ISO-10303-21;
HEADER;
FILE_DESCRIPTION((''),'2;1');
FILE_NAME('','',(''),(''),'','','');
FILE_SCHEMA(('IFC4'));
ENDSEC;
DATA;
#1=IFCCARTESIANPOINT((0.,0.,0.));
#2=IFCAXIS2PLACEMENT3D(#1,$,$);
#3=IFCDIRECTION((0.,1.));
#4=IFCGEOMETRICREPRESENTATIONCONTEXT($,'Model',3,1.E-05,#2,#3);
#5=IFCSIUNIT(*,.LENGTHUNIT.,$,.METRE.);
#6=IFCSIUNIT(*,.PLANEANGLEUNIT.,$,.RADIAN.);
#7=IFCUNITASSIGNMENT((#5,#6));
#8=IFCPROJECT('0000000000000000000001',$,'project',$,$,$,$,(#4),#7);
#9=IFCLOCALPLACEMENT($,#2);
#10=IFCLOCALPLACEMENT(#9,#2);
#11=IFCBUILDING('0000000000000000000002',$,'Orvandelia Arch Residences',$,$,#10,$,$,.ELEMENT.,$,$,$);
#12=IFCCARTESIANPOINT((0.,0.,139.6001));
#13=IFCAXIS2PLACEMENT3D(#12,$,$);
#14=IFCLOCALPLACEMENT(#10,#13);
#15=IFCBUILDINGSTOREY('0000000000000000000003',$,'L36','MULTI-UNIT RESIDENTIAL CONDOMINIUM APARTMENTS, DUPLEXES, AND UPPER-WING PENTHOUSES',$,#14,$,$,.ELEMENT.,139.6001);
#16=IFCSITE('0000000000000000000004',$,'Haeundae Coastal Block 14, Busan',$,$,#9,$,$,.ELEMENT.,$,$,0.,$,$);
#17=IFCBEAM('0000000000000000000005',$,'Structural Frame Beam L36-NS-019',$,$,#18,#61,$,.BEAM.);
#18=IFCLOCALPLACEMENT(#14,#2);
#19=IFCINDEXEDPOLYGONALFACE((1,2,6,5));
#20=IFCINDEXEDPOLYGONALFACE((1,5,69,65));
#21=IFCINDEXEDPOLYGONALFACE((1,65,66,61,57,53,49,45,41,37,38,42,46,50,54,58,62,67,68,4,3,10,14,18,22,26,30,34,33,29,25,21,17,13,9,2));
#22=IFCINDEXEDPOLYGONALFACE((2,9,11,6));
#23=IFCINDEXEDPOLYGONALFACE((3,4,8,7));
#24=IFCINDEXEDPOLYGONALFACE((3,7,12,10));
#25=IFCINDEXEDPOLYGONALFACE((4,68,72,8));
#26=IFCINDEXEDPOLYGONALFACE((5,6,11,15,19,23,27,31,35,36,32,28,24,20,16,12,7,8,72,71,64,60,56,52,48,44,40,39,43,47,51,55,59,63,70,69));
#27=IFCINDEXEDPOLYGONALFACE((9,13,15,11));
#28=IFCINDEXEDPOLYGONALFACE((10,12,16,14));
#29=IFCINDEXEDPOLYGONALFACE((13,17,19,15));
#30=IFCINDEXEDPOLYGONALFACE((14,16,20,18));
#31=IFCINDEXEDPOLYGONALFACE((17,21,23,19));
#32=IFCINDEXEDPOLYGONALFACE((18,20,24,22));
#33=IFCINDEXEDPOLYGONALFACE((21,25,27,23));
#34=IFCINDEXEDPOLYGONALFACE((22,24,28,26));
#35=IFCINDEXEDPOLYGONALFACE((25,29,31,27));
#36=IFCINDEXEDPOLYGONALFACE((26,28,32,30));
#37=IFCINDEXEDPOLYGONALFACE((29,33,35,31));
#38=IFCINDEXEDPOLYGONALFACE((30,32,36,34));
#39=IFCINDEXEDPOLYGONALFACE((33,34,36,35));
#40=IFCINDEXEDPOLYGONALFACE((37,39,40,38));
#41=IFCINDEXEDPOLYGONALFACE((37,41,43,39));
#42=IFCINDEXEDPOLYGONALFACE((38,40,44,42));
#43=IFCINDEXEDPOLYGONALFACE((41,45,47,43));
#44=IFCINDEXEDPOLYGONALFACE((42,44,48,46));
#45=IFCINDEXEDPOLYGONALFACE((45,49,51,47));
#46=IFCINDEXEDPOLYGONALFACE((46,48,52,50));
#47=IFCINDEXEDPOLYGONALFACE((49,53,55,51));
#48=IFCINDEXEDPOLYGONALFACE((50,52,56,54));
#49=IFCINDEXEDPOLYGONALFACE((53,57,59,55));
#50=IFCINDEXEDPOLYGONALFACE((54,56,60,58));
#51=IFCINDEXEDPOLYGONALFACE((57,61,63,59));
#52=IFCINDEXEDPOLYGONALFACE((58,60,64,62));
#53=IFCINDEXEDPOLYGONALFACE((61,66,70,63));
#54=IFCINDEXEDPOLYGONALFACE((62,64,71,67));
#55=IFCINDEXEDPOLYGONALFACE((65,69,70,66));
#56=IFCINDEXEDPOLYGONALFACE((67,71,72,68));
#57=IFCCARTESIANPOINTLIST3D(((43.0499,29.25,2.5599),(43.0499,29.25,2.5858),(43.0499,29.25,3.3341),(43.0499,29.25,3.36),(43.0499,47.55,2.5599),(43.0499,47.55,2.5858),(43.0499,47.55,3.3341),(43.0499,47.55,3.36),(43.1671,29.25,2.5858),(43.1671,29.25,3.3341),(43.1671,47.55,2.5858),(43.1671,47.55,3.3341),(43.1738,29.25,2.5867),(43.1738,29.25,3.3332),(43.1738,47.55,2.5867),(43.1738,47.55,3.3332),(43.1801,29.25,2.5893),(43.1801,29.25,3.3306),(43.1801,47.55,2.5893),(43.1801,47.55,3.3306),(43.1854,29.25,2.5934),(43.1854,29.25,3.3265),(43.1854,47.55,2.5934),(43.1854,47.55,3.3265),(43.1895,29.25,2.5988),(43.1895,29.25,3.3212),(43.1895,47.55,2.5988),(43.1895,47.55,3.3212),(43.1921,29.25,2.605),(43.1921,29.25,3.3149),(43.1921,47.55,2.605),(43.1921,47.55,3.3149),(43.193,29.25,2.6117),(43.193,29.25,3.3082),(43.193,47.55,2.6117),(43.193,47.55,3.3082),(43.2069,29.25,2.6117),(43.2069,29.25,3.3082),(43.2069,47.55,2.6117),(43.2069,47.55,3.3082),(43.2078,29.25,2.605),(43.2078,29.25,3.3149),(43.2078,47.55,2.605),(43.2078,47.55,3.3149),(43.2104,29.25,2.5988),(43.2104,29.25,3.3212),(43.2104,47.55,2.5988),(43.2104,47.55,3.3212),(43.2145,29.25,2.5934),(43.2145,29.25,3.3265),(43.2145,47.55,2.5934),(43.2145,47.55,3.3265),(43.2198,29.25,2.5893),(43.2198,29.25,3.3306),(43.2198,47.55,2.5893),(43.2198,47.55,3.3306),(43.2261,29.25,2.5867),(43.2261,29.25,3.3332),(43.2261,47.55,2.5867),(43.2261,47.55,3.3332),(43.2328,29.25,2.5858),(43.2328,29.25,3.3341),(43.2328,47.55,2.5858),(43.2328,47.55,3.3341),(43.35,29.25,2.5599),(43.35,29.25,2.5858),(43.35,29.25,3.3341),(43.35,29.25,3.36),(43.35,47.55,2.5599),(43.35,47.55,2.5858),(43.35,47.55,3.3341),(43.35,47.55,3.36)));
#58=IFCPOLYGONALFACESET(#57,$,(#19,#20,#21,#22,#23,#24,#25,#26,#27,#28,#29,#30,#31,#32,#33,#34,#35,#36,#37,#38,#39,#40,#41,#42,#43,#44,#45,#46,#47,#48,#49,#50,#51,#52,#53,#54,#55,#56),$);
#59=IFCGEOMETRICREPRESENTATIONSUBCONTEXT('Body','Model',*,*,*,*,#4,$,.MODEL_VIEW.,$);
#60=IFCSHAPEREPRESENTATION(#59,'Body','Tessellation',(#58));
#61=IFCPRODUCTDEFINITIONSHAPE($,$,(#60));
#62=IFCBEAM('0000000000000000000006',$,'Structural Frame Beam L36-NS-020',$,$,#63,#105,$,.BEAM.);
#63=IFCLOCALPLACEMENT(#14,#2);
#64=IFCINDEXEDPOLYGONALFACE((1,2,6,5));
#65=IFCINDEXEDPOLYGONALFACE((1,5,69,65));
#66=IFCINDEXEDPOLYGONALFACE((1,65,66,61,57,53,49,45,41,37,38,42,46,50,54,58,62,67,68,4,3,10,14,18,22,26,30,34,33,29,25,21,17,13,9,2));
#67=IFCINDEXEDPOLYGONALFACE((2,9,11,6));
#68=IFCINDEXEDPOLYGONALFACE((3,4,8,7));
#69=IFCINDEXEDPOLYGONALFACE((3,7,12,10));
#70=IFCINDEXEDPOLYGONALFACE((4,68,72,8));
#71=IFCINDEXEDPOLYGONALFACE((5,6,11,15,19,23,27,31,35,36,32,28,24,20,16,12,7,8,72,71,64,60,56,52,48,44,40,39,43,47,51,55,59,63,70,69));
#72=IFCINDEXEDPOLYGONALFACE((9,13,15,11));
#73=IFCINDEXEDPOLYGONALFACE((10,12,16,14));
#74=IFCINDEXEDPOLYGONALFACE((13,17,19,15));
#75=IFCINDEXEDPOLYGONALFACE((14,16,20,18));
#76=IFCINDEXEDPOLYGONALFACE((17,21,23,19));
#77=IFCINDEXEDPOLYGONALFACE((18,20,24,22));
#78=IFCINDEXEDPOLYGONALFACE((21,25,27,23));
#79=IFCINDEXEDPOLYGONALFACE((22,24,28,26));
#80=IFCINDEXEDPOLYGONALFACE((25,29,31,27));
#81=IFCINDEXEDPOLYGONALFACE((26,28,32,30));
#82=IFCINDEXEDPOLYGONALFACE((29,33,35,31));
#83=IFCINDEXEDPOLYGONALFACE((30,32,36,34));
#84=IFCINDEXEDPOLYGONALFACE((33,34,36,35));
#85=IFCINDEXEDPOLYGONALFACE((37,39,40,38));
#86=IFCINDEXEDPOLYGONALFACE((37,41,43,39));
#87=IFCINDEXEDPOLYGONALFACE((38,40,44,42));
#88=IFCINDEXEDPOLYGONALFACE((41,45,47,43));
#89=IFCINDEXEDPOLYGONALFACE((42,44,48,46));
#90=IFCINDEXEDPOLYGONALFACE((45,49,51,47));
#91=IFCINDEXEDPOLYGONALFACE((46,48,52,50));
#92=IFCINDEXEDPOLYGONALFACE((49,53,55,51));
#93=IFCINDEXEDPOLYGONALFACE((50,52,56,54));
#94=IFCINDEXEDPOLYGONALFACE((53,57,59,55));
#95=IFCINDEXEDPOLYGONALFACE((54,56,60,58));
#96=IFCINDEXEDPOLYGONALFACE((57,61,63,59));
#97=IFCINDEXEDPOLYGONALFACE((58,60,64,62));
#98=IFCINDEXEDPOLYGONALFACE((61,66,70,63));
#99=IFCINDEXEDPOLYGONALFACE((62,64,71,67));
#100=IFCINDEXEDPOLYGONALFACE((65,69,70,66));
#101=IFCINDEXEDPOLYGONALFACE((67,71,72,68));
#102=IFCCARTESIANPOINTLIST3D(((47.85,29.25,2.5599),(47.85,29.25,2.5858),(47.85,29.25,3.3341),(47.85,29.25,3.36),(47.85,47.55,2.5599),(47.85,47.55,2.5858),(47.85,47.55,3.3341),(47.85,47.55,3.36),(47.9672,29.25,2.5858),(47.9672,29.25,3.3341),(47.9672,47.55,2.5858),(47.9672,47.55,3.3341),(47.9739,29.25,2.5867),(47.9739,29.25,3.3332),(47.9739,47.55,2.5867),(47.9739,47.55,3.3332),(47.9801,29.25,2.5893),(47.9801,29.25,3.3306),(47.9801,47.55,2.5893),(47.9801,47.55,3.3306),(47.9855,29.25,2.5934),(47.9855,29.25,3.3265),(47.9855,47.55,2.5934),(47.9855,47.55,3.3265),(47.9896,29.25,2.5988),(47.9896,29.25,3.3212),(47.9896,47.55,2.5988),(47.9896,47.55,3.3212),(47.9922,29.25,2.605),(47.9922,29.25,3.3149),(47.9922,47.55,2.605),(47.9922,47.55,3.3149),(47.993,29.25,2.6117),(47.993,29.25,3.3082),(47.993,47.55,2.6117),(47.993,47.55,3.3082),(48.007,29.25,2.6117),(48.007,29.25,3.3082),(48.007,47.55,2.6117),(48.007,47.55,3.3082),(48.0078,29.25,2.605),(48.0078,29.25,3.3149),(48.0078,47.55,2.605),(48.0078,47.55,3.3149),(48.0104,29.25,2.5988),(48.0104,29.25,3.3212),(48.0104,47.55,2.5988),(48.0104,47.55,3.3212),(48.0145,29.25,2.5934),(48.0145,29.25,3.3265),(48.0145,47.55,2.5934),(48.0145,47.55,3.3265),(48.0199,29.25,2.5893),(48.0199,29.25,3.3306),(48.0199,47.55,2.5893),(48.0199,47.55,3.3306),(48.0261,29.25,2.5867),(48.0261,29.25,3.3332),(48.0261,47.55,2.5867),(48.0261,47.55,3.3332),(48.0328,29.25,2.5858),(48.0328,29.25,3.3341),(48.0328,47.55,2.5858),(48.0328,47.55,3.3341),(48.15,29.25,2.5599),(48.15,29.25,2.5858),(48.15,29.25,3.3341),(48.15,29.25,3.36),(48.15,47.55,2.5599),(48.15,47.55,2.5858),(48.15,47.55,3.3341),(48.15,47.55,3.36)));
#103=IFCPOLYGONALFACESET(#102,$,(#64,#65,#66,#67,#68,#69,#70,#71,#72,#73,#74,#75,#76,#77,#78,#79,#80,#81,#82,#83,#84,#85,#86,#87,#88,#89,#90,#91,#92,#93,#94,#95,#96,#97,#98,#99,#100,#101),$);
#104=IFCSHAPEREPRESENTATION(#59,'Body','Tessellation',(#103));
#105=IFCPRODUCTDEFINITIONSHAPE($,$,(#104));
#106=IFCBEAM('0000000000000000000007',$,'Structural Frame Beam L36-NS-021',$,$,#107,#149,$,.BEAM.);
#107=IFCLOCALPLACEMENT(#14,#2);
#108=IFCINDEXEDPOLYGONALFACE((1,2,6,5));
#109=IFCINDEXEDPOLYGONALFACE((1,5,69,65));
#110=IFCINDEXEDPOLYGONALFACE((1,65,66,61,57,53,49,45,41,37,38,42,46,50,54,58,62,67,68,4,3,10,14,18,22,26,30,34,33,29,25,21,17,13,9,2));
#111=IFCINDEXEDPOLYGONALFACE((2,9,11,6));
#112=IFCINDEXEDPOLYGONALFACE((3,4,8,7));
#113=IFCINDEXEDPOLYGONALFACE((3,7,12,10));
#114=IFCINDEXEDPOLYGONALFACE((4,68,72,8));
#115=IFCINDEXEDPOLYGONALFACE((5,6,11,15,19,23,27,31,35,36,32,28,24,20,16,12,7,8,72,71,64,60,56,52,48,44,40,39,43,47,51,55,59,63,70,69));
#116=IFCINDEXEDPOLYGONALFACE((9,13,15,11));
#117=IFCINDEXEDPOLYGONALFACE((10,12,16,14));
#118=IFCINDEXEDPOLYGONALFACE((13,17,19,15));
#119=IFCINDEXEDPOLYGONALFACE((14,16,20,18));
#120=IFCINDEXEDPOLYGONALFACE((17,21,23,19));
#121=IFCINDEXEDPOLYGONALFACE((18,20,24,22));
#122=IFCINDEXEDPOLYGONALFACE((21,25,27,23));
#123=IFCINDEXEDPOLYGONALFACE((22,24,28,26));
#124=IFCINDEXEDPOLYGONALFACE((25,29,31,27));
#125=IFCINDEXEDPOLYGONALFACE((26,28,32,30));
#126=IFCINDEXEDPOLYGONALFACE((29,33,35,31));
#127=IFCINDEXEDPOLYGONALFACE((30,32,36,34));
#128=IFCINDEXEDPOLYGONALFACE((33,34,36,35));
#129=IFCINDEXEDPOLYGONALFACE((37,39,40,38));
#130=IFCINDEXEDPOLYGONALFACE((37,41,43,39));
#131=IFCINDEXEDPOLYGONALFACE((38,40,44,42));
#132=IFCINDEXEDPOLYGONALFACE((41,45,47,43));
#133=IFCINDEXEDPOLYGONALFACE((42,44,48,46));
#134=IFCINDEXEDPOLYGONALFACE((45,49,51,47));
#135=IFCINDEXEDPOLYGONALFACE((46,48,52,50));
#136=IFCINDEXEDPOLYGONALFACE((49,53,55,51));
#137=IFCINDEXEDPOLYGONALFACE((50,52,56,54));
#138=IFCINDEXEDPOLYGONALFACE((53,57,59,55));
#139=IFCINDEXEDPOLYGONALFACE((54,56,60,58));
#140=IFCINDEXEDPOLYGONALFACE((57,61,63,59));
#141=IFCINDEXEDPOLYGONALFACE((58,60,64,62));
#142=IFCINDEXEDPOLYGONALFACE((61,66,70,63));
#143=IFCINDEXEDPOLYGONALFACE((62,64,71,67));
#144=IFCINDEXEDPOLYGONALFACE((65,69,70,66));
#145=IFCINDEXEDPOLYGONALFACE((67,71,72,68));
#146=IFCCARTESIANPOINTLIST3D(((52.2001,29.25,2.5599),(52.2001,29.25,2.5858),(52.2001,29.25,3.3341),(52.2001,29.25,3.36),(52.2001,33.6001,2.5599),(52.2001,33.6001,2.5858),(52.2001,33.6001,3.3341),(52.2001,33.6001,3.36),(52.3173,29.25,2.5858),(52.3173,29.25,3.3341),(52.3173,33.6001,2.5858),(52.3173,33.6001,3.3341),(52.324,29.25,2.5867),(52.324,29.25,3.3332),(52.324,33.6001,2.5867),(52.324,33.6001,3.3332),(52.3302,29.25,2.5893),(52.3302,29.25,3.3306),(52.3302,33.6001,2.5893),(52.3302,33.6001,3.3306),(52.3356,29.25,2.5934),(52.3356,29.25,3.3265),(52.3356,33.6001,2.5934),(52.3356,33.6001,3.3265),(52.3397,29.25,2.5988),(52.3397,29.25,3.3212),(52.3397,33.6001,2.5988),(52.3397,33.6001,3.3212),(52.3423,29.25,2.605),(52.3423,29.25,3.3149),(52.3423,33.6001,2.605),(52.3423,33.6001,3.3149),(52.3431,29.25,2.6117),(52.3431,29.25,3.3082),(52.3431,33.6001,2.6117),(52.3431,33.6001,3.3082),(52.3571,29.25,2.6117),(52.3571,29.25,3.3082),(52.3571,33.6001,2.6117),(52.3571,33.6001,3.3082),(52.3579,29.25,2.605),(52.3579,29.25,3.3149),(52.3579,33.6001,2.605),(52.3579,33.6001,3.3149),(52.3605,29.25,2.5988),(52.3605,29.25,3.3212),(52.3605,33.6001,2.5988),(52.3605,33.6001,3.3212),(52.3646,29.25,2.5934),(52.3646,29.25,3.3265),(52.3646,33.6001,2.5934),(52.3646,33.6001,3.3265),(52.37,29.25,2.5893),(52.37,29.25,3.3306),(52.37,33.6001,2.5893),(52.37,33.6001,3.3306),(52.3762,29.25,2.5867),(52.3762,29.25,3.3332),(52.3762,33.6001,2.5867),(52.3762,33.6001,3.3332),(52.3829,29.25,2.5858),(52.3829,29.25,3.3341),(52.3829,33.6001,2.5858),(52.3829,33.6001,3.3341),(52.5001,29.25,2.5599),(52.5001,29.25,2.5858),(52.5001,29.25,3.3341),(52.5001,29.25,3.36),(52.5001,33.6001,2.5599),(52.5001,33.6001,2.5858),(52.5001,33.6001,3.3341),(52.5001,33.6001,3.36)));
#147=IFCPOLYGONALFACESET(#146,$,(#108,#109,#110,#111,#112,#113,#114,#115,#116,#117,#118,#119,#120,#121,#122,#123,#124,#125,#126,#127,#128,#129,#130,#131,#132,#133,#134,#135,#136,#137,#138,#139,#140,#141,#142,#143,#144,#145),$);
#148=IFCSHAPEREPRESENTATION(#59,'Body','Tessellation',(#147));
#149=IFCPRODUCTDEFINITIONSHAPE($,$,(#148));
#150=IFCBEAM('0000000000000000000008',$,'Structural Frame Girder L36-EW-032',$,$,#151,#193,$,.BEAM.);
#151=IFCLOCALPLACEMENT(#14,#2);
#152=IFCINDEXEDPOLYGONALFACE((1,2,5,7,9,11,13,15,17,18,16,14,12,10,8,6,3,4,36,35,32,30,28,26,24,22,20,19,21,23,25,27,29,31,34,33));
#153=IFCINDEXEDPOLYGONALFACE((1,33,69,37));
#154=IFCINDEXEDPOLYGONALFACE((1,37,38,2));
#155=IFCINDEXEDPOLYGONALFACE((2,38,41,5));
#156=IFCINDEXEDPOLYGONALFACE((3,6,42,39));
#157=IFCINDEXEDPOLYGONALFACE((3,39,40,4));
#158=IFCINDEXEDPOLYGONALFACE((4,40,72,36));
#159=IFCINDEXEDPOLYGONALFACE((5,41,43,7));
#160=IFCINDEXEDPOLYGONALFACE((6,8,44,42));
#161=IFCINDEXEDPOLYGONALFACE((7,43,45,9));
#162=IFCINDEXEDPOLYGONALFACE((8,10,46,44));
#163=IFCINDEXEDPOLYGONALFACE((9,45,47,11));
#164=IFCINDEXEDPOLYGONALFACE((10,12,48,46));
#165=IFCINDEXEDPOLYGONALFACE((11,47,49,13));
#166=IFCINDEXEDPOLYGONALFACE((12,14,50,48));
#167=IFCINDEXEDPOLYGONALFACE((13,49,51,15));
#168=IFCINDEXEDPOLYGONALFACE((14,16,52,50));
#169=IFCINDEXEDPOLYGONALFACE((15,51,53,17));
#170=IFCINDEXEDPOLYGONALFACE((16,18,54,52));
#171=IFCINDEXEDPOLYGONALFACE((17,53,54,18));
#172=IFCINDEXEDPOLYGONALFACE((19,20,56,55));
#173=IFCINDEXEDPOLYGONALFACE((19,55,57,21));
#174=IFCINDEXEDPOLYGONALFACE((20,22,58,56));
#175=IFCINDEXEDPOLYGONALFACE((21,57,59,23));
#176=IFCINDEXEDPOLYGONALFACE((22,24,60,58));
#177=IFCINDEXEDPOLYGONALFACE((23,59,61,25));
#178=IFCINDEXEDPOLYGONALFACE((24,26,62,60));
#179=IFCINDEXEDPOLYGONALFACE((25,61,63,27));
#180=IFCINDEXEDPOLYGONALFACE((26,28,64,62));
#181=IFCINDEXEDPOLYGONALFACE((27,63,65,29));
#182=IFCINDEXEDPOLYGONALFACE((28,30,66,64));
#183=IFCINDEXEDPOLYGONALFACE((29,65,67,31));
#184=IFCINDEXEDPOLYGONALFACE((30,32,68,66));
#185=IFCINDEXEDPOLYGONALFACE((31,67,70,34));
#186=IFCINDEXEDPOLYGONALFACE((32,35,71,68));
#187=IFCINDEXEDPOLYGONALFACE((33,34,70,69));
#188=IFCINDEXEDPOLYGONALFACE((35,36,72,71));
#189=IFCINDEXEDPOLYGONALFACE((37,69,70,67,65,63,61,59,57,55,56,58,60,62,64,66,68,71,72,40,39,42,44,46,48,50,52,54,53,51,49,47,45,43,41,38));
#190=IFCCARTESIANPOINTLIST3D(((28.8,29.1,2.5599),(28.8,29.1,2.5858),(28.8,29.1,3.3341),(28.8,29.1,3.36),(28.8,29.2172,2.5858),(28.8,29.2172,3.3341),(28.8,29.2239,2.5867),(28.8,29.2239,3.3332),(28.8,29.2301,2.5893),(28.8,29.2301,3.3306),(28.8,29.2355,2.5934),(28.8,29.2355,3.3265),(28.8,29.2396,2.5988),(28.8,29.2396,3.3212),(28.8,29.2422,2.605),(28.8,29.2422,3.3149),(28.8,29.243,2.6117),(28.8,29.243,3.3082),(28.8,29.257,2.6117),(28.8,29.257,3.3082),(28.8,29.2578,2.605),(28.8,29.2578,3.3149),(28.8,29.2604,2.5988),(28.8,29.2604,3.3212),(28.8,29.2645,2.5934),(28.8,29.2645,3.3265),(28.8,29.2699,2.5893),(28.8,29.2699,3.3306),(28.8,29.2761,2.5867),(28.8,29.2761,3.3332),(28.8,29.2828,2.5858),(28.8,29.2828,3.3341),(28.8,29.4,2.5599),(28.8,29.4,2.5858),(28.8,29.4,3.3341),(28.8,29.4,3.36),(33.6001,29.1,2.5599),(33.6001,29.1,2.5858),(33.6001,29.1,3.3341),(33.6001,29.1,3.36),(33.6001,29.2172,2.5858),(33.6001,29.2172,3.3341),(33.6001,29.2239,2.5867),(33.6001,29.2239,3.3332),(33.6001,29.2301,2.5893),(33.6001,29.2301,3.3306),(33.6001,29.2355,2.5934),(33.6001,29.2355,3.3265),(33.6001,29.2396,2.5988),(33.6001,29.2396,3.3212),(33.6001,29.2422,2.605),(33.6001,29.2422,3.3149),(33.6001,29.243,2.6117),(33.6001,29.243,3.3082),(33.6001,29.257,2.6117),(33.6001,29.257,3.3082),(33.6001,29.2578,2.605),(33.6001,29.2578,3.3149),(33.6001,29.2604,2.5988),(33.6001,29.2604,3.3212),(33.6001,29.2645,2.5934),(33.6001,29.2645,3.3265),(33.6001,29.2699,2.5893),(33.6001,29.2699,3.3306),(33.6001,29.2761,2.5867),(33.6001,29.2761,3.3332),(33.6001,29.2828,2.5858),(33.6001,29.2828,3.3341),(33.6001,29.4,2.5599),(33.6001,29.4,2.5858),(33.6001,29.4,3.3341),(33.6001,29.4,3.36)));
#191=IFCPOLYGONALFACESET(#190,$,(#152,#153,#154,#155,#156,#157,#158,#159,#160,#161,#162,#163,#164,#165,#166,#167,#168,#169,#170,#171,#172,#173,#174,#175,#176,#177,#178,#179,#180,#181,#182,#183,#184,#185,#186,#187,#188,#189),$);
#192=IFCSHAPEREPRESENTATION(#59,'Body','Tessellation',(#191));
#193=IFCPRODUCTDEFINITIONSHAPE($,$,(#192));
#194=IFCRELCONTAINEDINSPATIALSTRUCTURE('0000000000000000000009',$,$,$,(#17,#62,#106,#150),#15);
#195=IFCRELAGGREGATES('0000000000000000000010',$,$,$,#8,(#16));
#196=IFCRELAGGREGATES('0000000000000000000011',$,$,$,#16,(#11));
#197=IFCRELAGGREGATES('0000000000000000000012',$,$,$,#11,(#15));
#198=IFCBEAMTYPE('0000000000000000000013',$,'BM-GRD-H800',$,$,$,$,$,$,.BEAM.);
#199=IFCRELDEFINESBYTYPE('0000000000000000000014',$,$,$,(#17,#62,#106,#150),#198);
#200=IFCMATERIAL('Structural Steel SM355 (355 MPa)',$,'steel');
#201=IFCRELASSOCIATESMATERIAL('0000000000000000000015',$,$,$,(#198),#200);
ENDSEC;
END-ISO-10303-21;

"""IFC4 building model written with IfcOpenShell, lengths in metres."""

from ifc_helpers import new_model, si_unit, direction, frame, origin, origin_2d, place, context, subcontext, project, spatial, i_section, extrude, material, material_profile, profile_set, type_object, element, save


model = new_model("IFC4")

# Units and contexts
model_context = context("Model", 3, precision=1e-05, world=origin(), true_north=direction((0.0, 1.0)))
body_context = subcontext(model_context, "Body", "Model", "MODEL_VIEW")
ifc_project = project(units=[si_unit("LENGTHUNIT", "METRE"), si_unit("PLANEANGLEUNIT", "RADIAN")], contexts=[model_context])

# Site, building, storey
site_placement = place(None, origin())
site = spatial("IfcSite", under=ifc_project, at=site_placement, Name="Haeundae Coastal Block 14, Busan", CompositionType="ELEMENT", RefElevation=0.0)
building_placement = place(site_placement, origin())
building = spatial("IfcBuilding", under=site, at=building_placement, Name="Orvandelia Arch Residences", CompositionType="ELEMENT")
storey_placement = place(building_placement, frame((0.0, 0.0, 139.6001)))
storey = spatial("IfcBuildingStorey", under=building, at=storey_placement, Name="L36", Description="MULTI-UNIT RESIDENTIAL CONDOMINIUM APARTMENTS, DUPLEXES, AND UPPER-WING PENTHOUSES", CompositionType="ELEMENT", Elevation=139.6001)

# Beams
ifc_material_1 = material(Name="Structural Steel SM355 (355 MPa)", Category="steel")
ifc_material_profile_1 = material_profile(ifc_material_1, i_section(OverallWidth=0.3, OverallDepth=0.8, WebThickness=0.0139, FlangeThickness=0.0259, FilletRadius=0.0259, at=origin_2d()), Name="Structural Steel SM355 (355 MPa)", Category="steel")
ifc_profile_set_1 = profile_set([ifc_material_profile_1], Name="Structural Steel SM355 (355 MPa)")
beam_type = type_object("IfcBeamType", Name="BM-GRD-H800", PredefinedType="BEAM", material=ifc_profile_set_1)
for number, where, z_axis, x_axis, name in (
    (1, (43.2, 29.25, 2.96), (0.0, 1.0, 0.0), (-1.0, 0.0, 0.0), "Structural Frame Beam L36-NS-019"),
    (2, (48.0, 29.25, 2.96), (0.0, 1.0, 0.0), (-1.0, 0.0, 0.0), "Structural Frame Beam L36-NS-020"),
):
    element("IfcBeam", number, at=place(storey_placement, frame(where, z_axis=z_axis, x_axis=x_axis)), inside=storey, type_object=beam_type, Name=name, PredefinedType="BEAM", context=body_context, shape_type="SweptSolid", body=[
        extrude(i_section(OverallWidth=0.3, OverallDepth=0.8, WebThickness=0.0139, FlangeThickness=0.0259, FilletRadius=0.0259, at=origin_2d()), origin(), (0.0, 0.0, 1.0), 18.3),
    ])
beam_1_placement = place(storey_placement, frame((52.3501, 29.25, 2.96), z_axis=(0.0, 1.0, 0.0), x_axis=(-1.0, 0.0, 0.0)))
element("IfcBeam", 3, at=beam_1_placement, inside=storey, type_object=beam_type, Name="Structural Frame Beam L36-NS-021", PredefinedType="BEAM", context=body_context, shape_type="SweptSolid", body=[
    extrude(i_section(OverallWidth=0.3, OverallDepth=0.8, WebThickness=0.0139, FlangeThickness=0.0259, FilletRadius=0.0259, at=origin_2d()), origin(), (0.0, 0.0, 1.0), 4.3501),
])
beam_2_placement = place(storey_placement, frame((28.8, 29.25, 2.96), z_axis=(1.0, 0.0, 0.0), x_axis=(0.0, 1.0, 0.0)))
element("IfcBeam", 4, at=beam_2_placement, inside=storey, type_object=beam_type, Name="Structural Frame Girder L36-EW-032", PredefinedType="BEAM", context=body_context, shape_type="SweptSolid", body=[
    extrude(i_section(OverallWidth=0.3, OverallDepth=0.8, WebThickness=0.0139, FlangeThickness=0.0259, FilletRadius=0.0259, at=origin_2d()), origin(), (0.0, 0.0, 1.0), 4.8),
])

save(model, "model.ifc")
